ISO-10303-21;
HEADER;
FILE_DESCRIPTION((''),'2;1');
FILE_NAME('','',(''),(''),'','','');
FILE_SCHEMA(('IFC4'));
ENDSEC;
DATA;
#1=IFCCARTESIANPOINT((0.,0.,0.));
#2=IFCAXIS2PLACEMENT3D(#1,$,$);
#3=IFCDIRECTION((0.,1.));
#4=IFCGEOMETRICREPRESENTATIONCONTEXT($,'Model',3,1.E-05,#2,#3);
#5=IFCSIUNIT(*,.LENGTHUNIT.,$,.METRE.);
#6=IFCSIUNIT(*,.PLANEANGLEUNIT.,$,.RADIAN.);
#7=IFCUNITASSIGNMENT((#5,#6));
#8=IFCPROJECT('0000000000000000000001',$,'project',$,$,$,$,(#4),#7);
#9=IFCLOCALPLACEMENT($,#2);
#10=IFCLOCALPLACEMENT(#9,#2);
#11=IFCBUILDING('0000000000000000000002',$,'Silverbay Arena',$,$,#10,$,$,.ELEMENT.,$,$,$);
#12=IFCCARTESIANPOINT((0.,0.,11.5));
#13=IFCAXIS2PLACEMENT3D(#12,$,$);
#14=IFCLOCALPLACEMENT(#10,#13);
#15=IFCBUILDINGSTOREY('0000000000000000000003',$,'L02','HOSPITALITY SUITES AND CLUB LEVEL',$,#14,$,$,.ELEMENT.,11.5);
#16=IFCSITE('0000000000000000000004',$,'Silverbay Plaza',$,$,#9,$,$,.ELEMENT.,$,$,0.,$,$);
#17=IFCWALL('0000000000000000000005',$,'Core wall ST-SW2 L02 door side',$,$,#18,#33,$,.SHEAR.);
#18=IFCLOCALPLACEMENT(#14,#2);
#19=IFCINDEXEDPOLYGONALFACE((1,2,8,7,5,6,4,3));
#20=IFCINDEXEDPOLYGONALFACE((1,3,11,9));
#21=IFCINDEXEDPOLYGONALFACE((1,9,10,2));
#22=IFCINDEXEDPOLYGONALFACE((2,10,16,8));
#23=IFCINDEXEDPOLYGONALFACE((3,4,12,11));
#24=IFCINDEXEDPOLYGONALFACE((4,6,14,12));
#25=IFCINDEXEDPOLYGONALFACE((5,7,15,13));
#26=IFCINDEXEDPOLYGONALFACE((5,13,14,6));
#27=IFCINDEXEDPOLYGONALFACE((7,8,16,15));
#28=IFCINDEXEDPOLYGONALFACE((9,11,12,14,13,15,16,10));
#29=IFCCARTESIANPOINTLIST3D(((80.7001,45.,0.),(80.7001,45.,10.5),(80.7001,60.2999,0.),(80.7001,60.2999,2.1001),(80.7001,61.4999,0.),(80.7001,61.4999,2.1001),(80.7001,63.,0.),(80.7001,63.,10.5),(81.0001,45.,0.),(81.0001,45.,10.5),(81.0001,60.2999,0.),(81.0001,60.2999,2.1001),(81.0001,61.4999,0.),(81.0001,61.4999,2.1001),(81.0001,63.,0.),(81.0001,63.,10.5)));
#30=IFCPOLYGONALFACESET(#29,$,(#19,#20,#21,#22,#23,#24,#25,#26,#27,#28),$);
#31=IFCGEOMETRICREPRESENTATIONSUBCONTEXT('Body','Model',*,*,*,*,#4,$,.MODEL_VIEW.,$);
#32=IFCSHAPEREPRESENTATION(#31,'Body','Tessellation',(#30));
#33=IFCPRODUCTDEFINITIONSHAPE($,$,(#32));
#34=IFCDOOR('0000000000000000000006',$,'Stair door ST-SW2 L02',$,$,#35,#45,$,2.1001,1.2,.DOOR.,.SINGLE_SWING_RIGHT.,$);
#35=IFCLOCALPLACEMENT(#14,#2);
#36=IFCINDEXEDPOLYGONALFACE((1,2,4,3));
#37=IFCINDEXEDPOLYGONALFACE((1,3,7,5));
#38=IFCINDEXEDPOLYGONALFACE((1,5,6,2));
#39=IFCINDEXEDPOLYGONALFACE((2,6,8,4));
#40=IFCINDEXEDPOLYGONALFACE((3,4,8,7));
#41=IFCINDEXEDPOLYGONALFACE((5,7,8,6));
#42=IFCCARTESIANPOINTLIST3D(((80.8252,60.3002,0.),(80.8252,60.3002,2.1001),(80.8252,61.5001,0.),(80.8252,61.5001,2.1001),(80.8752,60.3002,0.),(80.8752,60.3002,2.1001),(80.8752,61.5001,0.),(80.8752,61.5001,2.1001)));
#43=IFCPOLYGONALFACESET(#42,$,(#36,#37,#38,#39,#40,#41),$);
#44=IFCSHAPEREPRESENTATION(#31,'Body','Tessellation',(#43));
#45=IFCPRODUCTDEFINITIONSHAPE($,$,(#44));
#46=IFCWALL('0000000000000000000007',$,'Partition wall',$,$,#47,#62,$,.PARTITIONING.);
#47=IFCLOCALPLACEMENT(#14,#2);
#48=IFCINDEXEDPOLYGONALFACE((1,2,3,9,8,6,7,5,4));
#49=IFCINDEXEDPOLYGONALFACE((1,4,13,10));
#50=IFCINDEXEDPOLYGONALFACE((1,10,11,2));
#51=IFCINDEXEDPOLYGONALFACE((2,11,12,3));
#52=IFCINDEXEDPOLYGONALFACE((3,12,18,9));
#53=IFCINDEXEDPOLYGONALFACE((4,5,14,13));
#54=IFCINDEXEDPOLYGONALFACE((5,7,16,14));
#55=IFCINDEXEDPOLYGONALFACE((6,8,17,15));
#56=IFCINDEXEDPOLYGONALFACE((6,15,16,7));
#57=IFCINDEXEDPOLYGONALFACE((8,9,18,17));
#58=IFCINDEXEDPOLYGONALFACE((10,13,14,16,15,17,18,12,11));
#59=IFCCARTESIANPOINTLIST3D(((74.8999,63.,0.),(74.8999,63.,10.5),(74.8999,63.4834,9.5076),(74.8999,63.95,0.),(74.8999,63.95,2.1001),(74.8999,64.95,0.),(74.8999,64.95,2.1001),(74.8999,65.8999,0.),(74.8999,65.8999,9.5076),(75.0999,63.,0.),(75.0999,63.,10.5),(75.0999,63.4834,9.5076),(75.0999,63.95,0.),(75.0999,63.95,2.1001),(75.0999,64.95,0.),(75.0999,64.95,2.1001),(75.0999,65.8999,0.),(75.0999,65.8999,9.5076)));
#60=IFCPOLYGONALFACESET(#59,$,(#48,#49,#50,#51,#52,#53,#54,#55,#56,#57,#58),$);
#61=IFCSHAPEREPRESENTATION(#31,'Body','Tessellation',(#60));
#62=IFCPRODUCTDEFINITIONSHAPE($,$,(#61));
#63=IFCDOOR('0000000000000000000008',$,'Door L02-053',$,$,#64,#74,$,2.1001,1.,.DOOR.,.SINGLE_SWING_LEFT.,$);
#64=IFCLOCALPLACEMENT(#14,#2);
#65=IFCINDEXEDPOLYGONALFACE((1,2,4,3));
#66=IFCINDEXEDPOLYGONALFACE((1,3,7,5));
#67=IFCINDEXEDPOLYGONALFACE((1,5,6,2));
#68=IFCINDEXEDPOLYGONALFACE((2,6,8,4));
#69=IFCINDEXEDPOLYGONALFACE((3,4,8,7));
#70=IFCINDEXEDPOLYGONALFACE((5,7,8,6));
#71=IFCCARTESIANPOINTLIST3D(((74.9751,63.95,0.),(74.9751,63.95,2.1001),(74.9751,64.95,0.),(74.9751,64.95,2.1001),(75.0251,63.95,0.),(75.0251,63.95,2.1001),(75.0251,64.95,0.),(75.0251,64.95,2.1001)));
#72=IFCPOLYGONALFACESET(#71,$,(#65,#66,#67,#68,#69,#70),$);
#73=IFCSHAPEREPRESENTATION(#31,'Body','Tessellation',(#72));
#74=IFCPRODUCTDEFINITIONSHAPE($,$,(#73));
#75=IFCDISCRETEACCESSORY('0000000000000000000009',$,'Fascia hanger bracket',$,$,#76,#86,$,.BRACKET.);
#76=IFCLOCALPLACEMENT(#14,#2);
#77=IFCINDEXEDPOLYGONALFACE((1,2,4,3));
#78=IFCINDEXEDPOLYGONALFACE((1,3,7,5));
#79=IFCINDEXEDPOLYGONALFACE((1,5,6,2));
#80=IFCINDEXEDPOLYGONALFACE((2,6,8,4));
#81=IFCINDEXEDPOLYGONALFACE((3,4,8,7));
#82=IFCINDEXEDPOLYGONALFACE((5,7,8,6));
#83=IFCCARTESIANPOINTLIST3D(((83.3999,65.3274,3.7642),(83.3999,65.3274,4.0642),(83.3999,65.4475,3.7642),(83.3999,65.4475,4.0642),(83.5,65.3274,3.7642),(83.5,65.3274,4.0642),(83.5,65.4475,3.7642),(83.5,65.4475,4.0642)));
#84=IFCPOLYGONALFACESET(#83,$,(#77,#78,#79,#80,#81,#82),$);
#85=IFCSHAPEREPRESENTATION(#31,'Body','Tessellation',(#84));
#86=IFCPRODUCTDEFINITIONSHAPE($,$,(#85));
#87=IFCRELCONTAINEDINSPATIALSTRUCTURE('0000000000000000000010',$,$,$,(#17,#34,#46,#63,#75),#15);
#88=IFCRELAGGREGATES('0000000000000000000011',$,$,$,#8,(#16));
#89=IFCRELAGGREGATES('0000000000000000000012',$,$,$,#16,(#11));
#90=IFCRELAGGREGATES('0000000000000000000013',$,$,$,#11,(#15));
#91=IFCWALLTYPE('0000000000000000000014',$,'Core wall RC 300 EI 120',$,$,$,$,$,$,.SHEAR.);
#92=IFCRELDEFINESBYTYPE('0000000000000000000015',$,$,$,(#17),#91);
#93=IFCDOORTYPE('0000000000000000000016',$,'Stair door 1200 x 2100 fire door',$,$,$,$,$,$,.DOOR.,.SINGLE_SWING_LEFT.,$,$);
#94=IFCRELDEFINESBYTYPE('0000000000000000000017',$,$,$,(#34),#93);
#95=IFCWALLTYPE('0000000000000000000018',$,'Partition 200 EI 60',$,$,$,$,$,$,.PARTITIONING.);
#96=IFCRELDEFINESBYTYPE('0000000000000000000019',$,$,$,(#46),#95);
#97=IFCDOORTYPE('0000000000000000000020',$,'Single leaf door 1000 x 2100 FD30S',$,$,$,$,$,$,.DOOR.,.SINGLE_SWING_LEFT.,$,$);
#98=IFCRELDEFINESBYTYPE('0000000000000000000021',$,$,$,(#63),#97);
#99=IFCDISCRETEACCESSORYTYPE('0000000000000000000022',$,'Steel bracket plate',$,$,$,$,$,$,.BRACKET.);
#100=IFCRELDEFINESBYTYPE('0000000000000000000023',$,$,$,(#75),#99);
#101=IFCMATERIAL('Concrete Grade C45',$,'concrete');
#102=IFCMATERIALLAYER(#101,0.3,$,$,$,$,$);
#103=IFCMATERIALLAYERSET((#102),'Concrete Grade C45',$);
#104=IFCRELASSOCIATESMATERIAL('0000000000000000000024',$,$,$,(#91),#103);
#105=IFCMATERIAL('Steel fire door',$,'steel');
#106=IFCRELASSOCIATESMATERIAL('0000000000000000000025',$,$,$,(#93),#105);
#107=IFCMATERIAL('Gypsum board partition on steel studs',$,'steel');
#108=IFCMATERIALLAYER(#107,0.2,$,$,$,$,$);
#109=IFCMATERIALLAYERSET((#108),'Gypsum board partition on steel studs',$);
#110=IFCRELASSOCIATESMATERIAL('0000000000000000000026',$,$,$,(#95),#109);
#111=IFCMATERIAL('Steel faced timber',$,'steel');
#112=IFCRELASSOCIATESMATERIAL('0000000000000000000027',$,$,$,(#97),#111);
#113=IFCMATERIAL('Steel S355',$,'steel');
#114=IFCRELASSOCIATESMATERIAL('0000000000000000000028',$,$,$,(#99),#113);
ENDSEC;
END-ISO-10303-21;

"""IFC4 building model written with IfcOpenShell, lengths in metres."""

from ifc_helpers import new_model, si_unit, direction, frame, frame_2d, origin, origin_2d, place, context, subcontext, project, spatial, polyline, rectangle, outline, extrude, material, layer, layer_set, type_object, element, fill, save


model = new_model("IFC4")

# Units and contexts
model_context = context("Model", 3, precision=1e-05, world=origin(), true_north=direction((0.0, 1.0)))
body_context = subcontext(model_context, "Body", "Model", "MODEL_VIEW")
ifc_project = project(units=[si_unit("LENGTHUNIT", "METRE"), si_unit("PLANEANGLEUNIT", "RADIAN")], contexts=[model_context])

# Site, building, storey
site_placement = place(None, origin())
site = spatial("IfcSite", under=ifc_project, at=site_placement, Name="Silverbay Plaza", CompositionType="ELEMENT", RefElevation=0.0)
building_placement = place(site_placement, origin())
building = spatial("IfcBuilding", under=site, at=building_placement, Name="Silverbay Arena", CompositionType="ELEMENT")
storey_placement = place(building_placement, frame((0.0, 0.0, 11.5)))
storey = spatial("IfcBuildingStorey", under=building, at=storey_placement, Name="L02", Description="HOSPITALITY SUITES AND CLUB LEVEL", CompositionType="ELEMENT", Elevation=11.5)

# Walls, openings, doors
ifc_material_1 = material(Name="Concrete Grade C45", Category="concrete")
ifc_layer_1 = layer(ifc_material_1, 0.3)
ifc_layer_set_1 = layer_set([ifc_layer_1], Name="Concrete Grade C45")
wall_type_1 = type_object("IfcWallType", Name="Core wall RC 300 EI 120", PredefinedType="SHEAR", material=ifc_layer_set_1)
wall_1_placement = place(storey_placement, frame((80.8501, 63.0, 0.0), z_axis=(0.0, 0.0, 1.0), x_axis=(0.0, -1.0, 0.0)))
wall_1 = element("IfcWall", 1, at=wall_1_placement, inside=storey, type_object=wall_type_1, Name="Core wall ST-SW2 L02 door side", PredefinedType="SHEAR", context=body_context, shape_type="SweptSolid", body=[
    extrude(rectangle(XDim=18.0, YDim=0.3, at=frame_2d((9.0, 0.0))), origin(), (0.0, 0.0, 1.0), 10.5),
])
opening_1_placement = place(wall_1_placement, frame((1.5, 0.0, 0.0)))
opening_1 = element("IfcOpeningElement", 2, at=opening_1_placement, cuts=wall_1, PredefinedType="OPENING", context=body_context, shape_type="SweptSolid", body=[
    extrude(rectangle(XDim=1.2, YDim=2.1001, at=frame_2d((0.6001, 1.05))), frame((0.0, 0.1602, 0.0), z_axis=(0.0, -1.0, 0.0), x_axis=(1.0, 0.0, 0.0)), (0.0, 0.0, 1.0), 0.3201),
])
ifc_material_2 = material(Name="Steel fire door", Category="steel")
door_type_1 = type_object("IfcDoorType", Name="Stair door 1200 x 2100 fire door", OperationType="SINGLE_SWING_LEFT", PredefinedType="DOOR", material=ifc_material_2)
door_1_placement = place(opening_1_placement, frame((1.2, 0.0, 0.0), z_axis=(0.0, 0.0, 1.0), x_axis=(-1.0, 0.0, 0.0)))
door_1 = element("IfcDoor", 3, at=door_1_placement, inside=storey, type_object=door_type_1, Name="Stair door ST-SW2 L02", OperationType="SINGLE_SWING_RIGHT", OverallHeight=2.1001, OverallWidth=1.2, PredefinedType="DOOR", context=body_context, shape_type="SweptSolid", body=[
    extrude(rectangle(XDim=1.2, YDim=2.1001, at=frame_2d((0.6001, 1.05))), frame((0.0, 0.0249, 0.0), z_axis=(0.0, -1.0, 0.0), x_axis=(1.0, 0.0, 0.0)), (0.0, 0.0, 1.0), 0.05),
])
fill(opening_1, door_1)
ifc_material_3 = material(Name="Gypsum board partition on steel studs", Category="steel")
ifc_layer_2 = layer(ifc_material_3, 0.2)
ifc_layer_set_2 = layer_set([ifc_layer_2], Name="Gypsum board partition on steel studs")
wall_type_2 = type_object("IfcWallType", Name="Partition 200 EI 60", PredefinedType="PARTITIONING", material=ifc_layer_set_2)
wall_2_placement = place(storey_placement, frame((75.0, 63.0, 0.0), z_axis=(0.0, 0.0, 1.0), x_axis=(0.0, 1.0, 0.0)))
wall_2 = element("IfcWall", 4, at=wall_2_placement, inside=storey, type_object=wall_type_2, Name="Partition wall", PredefinedType="PARTITIONING", context=body_context, shape_type="SweptSolid", body=[
    extrude(outline(polyline([(0.0, 0.0), (2.8999, 0.0), (2.8999, 9.5076), (0.4834, 9.5076), (0.0, 10.5), (0.0, 0.0)])), frame((0.0, 0.1001, 0.0), z_axis=(0.0, -1.0, 0.0), x_axis=(1.0, 0.0, 0.0)), (0.0, 0.0, 1.0), 0.2),
])
opening_2_placement = place(wall_2_placement, frame((0.95, 0.0, 0.0)))
opening_2 = element("IfcOpeningElement", 5, at=opening_2_placement, cuts=wall_2, PredefinedType="OPENING", context=body_context, shape_type="SweptSolid", body=[
    extrude(rectangle(XDim=1.0, YDim=2.1001, at=frame_2d((0.5, 1.05))), frame((0.0, 0.1099, 0.0), z_axis=(0.0, -1.0, 0.0), x_axis=(1.0, 0.0, 0.0)), (0.0, 0.0, 1.0), 0.22),
])
ifc_material_4 = material(Name="Steel faced timber", Category="steel")
door_type_2 = type_object("IfcDoorType", Name="Single leaf door 1000 x 2100 FD30S", OperationType="SINGLE_SWING_LEFT", PredefinedType="DOOR", material=ifc_material_4)
door_2_placement = place(opening_2_placement, origin())
door_2 = element("IfcDoor", 6, at=door_2_placement, inside=storey, type_object=door_type_2, Name="Door L02-053", OperationType="SINGLE_SWING_LEFT", OverallHeight=2.1001, OverallWidth=1.0, PredefinedType="DOOR", context=body_context, shape_type="SweptSolid", body=[
    extrude(rectangle(XDim=1.0, YDim=2.1001, at=frame_2d((0.5, 1.05))), frame((0.0, 0.0249, 0.0), z_axis=(0.0, -1.0, 0.0), x_axis=(1.0, 0.0, 0.0)), (0.0, 0.0, 1.0), 0.05),
])
fill(opening_2, door_2)

# Discrete accessory
ifc_material_5 = material(Name="Steel S355", Category="steel")
discrete_accessory_type = type_object("IfcDiscreteAccessoryType", Name="Steel bracket plate", PredefinedType="BRACKET", material=ifc_material_5)
discrete_accessory_placement = place(storey_placement, frame((83.45, 65.3875, 3.7642), z_axis=(0.0, 0.0, 1.0), x_axis=(0.0, 1.0, 0.0)))
element("IfcDiscreteAccessory", 7, at=discrete_accessory_placement, inside=storey, type_object=discrete_accessory_type, Name="Fascia hanger bracket", PredefinedType="BRACKET", context=body_context, shape_type="SweptSolid", body=[
    extrude(rectangle(XDim=0.1201, YDim=0.1001, at=origin_2d()), origin(), (0.0, 0.0, 1.0), 0.3),
])

save(model, "model.ifc")
